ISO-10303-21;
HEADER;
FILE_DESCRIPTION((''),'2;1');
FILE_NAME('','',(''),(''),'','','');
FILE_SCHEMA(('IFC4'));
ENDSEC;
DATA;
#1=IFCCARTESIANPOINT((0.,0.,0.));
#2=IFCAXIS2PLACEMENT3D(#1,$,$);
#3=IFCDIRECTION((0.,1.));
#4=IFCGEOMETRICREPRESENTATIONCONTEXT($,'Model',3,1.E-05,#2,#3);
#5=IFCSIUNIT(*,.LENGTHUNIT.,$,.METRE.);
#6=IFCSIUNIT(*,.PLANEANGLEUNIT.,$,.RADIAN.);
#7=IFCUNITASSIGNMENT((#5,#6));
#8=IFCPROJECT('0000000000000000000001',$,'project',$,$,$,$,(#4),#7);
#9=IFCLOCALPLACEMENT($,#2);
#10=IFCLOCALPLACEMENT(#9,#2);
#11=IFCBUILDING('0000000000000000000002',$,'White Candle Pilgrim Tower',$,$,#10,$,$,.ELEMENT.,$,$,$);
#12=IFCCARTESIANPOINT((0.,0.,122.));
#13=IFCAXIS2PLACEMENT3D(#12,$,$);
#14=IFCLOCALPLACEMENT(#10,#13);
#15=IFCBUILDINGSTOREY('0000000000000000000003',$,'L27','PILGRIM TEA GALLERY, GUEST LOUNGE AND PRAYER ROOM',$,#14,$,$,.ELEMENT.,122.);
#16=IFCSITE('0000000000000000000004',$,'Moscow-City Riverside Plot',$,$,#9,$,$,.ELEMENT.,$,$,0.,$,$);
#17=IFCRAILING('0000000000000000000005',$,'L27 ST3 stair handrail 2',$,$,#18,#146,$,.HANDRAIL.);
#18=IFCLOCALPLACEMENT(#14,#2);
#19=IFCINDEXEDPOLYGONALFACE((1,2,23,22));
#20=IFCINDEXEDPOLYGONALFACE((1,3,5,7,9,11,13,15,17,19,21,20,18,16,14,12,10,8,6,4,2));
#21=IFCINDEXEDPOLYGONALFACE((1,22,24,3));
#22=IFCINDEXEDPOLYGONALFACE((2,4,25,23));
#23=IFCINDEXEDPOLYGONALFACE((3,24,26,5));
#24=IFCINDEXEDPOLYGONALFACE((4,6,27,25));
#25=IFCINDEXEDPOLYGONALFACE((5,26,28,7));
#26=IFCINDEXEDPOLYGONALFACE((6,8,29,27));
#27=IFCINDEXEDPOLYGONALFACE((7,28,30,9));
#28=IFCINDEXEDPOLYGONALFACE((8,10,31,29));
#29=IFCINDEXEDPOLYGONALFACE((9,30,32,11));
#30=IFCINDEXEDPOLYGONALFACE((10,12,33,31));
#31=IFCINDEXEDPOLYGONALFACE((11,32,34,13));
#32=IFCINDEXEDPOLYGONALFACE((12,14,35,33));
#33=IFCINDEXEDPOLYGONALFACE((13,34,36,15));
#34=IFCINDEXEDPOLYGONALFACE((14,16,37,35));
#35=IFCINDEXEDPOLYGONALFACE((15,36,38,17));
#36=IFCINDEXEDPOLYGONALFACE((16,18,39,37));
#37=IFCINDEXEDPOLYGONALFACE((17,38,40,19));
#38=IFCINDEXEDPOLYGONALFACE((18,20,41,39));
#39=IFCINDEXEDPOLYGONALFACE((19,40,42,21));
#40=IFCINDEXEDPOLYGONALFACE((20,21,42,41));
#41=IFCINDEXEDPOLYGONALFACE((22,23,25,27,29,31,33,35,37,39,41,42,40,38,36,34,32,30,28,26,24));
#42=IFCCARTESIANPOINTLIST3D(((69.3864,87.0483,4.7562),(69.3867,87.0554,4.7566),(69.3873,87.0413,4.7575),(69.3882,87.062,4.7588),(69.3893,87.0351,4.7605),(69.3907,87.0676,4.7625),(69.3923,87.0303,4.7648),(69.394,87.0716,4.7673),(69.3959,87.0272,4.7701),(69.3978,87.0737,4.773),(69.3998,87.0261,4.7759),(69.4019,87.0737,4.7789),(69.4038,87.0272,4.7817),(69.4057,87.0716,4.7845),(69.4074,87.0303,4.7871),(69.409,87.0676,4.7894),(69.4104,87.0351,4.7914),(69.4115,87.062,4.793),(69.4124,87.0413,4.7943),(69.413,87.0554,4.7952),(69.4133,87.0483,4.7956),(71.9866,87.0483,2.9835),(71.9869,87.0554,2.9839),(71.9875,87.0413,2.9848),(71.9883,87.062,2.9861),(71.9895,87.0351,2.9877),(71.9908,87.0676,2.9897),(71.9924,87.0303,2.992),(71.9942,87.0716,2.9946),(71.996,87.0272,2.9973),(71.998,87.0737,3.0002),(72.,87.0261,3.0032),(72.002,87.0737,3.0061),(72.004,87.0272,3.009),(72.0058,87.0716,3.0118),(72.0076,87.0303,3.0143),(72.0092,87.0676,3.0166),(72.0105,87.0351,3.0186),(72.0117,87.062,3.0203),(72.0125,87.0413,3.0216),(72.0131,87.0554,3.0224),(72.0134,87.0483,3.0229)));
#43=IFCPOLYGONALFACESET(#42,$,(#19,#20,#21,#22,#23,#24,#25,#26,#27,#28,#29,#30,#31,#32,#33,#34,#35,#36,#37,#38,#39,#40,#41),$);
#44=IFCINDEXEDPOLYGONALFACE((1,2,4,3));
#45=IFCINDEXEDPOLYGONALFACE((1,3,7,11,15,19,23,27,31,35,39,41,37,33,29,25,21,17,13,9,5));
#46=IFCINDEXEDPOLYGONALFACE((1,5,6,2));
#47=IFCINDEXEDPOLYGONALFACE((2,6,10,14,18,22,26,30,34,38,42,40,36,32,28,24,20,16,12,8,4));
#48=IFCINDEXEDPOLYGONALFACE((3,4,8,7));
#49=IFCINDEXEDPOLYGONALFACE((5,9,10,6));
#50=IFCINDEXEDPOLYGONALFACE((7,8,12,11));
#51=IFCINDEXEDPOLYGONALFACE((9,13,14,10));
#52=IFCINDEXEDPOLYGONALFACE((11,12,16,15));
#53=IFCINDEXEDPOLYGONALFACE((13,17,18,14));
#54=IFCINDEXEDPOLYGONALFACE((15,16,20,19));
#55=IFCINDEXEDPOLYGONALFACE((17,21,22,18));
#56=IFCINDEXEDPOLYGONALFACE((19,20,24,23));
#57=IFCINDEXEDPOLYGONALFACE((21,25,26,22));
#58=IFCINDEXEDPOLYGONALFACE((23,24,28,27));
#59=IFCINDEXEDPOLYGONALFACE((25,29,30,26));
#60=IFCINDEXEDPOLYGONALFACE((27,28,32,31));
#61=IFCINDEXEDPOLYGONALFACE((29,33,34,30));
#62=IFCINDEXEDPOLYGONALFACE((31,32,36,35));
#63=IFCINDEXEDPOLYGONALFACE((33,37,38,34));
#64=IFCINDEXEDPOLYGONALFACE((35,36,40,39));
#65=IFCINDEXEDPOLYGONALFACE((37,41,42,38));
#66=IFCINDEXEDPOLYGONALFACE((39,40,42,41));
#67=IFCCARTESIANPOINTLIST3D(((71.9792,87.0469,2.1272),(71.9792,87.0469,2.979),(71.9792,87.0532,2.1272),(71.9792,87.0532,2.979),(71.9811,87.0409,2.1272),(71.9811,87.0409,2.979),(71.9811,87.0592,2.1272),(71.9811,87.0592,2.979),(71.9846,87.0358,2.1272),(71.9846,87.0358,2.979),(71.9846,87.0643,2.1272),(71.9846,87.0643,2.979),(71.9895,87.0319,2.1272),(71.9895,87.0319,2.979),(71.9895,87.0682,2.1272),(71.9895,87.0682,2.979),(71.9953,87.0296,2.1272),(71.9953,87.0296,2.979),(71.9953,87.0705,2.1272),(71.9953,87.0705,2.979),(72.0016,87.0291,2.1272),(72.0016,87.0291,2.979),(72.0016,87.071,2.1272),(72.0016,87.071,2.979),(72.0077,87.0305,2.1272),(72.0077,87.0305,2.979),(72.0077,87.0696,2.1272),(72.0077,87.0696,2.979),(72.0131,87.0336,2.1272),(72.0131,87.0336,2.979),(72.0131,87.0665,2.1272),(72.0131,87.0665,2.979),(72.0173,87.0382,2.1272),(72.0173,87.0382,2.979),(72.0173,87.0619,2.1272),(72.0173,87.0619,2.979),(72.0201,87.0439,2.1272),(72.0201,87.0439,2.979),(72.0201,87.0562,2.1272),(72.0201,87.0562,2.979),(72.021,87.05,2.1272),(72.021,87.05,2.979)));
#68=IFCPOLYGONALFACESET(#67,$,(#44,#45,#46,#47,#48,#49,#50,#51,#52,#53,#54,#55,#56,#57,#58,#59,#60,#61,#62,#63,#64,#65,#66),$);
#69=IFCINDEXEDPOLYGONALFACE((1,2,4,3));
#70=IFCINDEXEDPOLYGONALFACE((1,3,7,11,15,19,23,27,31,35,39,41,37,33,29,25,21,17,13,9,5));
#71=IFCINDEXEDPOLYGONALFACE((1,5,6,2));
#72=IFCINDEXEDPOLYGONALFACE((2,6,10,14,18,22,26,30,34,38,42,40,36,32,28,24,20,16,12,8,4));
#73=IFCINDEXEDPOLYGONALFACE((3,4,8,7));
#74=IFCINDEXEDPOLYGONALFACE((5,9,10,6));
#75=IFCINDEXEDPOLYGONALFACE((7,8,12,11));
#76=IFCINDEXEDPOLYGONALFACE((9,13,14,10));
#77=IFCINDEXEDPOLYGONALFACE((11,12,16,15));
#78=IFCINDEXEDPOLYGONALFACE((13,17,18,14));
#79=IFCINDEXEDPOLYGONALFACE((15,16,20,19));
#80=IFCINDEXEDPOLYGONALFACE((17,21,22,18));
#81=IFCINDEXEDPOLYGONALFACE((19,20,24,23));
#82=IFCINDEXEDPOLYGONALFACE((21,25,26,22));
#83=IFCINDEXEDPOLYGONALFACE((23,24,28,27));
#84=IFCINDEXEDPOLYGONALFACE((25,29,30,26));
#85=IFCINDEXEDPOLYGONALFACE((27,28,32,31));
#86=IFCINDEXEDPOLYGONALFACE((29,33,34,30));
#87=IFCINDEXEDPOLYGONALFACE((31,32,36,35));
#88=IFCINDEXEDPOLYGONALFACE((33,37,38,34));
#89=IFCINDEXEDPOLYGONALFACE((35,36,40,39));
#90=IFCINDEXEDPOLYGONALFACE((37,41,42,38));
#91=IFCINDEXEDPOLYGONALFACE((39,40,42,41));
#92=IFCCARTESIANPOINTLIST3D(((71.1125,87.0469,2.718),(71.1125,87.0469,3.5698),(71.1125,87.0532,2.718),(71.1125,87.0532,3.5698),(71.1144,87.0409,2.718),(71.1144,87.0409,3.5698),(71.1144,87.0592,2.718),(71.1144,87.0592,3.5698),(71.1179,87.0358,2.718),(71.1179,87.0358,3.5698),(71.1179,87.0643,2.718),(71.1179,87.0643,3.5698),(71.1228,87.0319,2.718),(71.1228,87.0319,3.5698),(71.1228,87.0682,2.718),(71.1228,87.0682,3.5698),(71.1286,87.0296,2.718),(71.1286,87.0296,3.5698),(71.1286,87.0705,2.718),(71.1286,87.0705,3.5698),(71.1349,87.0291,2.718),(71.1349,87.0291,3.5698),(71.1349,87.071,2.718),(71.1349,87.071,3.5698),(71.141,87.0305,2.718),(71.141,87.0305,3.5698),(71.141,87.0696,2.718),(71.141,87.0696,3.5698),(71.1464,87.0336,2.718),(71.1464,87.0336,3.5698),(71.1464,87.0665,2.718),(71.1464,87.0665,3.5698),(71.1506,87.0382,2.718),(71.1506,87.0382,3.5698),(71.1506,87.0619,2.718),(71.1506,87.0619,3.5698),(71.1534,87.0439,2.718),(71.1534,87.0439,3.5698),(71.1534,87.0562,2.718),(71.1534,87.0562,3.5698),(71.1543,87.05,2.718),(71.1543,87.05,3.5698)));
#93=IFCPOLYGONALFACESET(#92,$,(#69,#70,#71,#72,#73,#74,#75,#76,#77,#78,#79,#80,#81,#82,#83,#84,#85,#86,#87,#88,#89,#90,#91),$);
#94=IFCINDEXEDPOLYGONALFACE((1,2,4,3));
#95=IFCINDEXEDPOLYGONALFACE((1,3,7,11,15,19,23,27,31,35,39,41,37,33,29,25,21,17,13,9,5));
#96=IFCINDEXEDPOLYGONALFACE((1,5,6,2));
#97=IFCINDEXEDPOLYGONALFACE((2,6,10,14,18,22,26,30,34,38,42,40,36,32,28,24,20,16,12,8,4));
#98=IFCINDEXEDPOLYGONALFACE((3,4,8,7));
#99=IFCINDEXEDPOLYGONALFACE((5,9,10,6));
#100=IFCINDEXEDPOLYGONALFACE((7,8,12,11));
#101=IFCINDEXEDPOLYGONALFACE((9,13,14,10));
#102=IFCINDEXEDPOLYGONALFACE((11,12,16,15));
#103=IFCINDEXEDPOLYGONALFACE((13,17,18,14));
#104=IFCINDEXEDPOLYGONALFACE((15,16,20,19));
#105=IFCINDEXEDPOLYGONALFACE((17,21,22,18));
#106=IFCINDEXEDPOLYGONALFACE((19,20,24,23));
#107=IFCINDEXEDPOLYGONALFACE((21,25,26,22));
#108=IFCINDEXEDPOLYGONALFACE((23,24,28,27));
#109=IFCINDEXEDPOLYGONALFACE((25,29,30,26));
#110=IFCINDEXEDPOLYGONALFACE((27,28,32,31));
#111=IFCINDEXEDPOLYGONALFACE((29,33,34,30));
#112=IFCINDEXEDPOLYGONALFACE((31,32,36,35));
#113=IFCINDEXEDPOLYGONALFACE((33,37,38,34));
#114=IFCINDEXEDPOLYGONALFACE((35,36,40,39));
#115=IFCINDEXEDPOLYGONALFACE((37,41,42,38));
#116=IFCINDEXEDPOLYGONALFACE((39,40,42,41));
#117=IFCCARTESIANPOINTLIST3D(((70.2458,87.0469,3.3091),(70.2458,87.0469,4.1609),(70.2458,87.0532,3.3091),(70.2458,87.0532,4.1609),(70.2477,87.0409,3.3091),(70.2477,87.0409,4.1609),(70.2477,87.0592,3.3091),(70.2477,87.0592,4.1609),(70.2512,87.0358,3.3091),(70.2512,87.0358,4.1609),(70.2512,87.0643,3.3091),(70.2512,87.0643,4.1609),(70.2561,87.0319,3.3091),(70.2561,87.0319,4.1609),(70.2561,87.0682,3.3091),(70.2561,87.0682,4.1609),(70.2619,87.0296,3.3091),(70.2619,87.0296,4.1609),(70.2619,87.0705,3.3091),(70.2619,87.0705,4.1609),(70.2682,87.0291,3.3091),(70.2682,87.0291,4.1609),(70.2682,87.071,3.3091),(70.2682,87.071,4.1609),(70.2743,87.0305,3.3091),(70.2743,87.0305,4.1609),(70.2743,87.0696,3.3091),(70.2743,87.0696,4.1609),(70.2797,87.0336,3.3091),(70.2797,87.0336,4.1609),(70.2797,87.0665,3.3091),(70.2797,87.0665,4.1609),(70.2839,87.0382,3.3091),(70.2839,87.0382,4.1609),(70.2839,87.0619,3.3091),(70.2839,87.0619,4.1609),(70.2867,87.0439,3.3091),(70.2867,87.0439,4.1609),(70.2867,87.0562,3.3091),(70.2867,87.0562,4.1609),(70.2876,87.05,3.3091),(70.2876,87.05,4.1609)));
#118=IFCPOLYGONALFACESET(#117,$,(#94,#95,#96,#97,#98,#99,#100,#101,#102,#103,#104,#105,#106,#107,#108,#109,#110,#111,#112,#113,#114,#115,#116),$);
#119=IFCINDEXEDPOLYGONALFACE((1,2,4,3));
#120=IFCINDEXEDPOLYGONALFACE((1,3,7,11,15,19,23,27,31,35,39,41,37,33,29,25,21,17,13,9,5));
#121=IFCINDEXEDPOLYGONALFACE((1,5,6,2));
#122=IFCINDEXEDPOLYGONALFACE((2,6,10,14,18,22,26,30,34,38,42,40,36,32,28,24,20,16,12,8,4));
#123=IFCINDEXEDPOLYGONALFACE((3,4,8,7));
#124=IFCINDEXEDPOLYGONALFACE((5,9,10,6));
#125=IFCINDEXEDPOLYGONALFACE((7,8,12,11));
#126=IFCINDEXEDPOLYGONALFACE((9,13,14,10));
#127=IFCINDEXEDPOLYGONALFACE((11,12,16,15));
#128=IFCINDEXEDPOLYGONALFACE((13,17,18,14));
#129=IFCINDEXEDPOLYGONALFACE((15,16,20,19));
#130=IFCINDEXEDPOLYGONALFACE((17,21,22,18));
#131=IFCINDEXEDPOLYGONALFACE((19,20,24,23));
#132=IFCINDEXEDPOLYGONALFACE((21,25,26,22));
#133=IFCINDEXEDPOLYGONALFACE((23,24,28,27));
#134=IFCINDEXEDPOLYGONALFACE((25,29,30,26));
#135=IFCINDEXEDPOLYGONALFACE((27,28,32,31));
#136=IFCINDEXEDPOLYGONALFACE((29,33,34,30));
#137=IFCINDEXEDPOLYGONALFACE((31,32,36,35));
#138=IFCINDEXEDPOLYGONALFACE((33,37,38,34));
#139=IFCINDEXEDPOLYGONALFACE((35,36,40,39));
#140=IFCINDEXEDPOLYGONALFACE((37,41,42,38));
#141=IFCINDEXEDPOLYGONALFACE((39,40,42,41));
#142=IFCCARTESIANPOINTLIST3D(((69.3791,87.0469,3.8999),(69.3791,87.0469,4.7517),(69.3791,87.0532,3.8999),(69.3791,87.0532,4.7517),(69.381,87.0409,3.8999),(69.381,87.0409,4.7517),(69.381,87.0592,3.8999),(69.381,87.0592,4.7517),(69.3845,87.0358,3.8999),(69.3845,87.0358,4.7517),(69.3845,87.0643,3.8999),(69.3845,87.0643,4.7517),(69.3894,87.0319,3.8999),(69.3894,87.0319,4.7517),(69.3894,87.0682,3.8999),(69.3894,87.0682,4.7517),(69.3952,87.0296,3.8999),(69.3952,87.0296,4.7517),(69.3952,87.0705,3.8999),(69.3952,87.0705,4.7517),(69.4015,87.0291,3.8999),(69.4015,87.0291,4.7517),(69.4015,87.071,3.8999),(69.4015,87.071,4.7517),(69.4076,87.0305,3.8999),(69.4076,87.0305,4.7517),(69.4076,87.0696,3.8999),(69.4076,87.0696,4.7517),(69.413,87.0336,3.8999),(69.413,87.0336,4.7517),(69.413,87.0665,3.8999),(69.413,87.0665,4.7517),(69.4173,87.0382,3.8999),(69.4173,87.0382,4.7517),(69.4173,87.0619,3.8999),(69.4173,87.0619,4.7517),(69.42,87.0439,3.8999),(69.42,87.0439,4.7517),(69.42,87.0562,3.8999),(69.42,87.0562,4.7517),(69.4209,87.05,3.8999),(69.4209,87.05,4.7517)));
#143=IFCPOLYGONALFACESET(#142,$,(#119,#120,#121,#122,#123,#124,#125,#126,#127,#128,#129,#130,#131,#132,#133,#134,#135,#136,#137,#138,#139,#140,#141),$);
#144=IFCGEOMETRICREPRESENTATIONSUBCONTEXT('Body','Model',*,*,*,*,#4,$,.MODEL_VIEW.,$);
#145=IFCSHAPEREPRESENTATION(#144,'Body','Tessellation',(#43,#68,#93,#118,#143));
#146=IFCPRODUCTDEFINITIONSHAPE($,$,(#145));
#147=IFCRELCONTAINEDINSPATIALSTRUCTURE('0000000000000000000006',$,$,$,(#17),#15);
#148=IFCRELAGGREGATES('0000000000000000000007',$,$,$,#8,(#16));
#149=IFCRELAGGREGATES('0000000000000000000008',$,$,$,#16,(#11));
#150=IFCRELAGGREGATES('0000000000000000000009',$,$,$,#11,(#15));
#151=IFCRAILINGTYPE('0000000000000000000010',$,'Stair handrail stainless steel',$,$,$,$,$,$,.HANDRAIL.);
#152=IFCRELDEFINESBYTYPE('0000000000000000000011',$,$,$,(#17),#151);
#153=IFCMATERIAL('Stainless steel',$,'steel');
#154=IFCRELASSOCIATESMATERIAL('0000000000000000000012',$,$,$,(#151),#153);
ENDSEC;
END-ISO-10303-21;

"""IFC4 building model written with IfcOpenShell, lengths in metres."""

from ifc_helpers import new_model, si_unit, direction, frame, origin, origin_2d, place, context, subcontext, project, spatial, circle, extrude, material, type_object, element, save


model = new_model("IFC4")

# Units and contexts
model_context = context("Model", 3, precision=1e-05, world=origin(), true_north=direction((0.0, 1.0)))
body_context = subcontext(model_context, "Body", "Model", "MODEL_VIEW")
ifc_project = project(units=[si_unit("LENGTHUNIT", "METRE"), si_unit("PLANEANGLEUNIT", "RADIAN")], contexts=[model_context])

# Site, building, storey
site_placement = place(None, origin())
site = spatial("IfcSite", under=ifc_project, at=site_placement, Name="Moscow-City Riverside Plot", CompositionType="ELEMENT", RefElevation=0.0)
building_placement = place(site_placement, origin())
building = spatial("IfcBuilding", under=site, at=building_placement, Name="White Candle Pilgrim Tower", CompositionType="ELEMENT")
storey_placement = place(building_placement, frame((0.0, 0.0, 122.0)))
storey = spatial("IfcBuildingStorey", under=building, at=storey_placement, Name="L27", Description="PILGRIM TEA GALLERY, GUEST LOUNGE AND PRAYER ROOM", CompositionType="ELEMENT", Elevation=122.0)

# Railing
ifc_material_1 = material(Name="Stainless steel", Category="steel")
railing_type_1 = type_object("IfcRailingType", Name="Stair handrail stainless steel", PredefinedType="HANDRAIL", material=ifc_material_1)
railing_1_placement = place(storey_placement, frame((72.0, 87.05, 2.1272)))
element("IfcRailing", 1, at=railing_1_placement, inside=storey, type_object=railing_type_1, Name="L27 ST3 stair handrail 2", PredefinedType="HANDRAIL", context=body_context, shape_type="SweptSolid", body=[
    extrude(circle(Radius=0.0239, at=origin_2d()), frame((0.0, 0.0, 0.876), z_axis=(-0.82624, 0.0, 0.563318), x_axis=(0.0, -1.0, 0.0)), (0.0, 0.0, 1.0), 3.147),
    extrude(circle(Radius=0.021, at=origin_2d()), origin(), (0.0, 0.0, 1.0), 0.8518),
    extrude(circle(Radius=0.021, at=origin_2d()), frame((-0.8667, 0.0, 0.5908)), (0.0, 0.0, 1.0), 0.8518),
    extrude(circle(Radius=0.021, at=origin_2d()), frame((-1.7334, 0.0, 1.1819)), (0.0, 0.0, 1.0), 0.8518),
    extrude(circle(Radius=0.021, at=origin_2d()), frame((-2.6001, 0.0, 1.7727)), (0.0, 0.0, 1.0), 0.8518),
])

save(model, "model.ifc")
